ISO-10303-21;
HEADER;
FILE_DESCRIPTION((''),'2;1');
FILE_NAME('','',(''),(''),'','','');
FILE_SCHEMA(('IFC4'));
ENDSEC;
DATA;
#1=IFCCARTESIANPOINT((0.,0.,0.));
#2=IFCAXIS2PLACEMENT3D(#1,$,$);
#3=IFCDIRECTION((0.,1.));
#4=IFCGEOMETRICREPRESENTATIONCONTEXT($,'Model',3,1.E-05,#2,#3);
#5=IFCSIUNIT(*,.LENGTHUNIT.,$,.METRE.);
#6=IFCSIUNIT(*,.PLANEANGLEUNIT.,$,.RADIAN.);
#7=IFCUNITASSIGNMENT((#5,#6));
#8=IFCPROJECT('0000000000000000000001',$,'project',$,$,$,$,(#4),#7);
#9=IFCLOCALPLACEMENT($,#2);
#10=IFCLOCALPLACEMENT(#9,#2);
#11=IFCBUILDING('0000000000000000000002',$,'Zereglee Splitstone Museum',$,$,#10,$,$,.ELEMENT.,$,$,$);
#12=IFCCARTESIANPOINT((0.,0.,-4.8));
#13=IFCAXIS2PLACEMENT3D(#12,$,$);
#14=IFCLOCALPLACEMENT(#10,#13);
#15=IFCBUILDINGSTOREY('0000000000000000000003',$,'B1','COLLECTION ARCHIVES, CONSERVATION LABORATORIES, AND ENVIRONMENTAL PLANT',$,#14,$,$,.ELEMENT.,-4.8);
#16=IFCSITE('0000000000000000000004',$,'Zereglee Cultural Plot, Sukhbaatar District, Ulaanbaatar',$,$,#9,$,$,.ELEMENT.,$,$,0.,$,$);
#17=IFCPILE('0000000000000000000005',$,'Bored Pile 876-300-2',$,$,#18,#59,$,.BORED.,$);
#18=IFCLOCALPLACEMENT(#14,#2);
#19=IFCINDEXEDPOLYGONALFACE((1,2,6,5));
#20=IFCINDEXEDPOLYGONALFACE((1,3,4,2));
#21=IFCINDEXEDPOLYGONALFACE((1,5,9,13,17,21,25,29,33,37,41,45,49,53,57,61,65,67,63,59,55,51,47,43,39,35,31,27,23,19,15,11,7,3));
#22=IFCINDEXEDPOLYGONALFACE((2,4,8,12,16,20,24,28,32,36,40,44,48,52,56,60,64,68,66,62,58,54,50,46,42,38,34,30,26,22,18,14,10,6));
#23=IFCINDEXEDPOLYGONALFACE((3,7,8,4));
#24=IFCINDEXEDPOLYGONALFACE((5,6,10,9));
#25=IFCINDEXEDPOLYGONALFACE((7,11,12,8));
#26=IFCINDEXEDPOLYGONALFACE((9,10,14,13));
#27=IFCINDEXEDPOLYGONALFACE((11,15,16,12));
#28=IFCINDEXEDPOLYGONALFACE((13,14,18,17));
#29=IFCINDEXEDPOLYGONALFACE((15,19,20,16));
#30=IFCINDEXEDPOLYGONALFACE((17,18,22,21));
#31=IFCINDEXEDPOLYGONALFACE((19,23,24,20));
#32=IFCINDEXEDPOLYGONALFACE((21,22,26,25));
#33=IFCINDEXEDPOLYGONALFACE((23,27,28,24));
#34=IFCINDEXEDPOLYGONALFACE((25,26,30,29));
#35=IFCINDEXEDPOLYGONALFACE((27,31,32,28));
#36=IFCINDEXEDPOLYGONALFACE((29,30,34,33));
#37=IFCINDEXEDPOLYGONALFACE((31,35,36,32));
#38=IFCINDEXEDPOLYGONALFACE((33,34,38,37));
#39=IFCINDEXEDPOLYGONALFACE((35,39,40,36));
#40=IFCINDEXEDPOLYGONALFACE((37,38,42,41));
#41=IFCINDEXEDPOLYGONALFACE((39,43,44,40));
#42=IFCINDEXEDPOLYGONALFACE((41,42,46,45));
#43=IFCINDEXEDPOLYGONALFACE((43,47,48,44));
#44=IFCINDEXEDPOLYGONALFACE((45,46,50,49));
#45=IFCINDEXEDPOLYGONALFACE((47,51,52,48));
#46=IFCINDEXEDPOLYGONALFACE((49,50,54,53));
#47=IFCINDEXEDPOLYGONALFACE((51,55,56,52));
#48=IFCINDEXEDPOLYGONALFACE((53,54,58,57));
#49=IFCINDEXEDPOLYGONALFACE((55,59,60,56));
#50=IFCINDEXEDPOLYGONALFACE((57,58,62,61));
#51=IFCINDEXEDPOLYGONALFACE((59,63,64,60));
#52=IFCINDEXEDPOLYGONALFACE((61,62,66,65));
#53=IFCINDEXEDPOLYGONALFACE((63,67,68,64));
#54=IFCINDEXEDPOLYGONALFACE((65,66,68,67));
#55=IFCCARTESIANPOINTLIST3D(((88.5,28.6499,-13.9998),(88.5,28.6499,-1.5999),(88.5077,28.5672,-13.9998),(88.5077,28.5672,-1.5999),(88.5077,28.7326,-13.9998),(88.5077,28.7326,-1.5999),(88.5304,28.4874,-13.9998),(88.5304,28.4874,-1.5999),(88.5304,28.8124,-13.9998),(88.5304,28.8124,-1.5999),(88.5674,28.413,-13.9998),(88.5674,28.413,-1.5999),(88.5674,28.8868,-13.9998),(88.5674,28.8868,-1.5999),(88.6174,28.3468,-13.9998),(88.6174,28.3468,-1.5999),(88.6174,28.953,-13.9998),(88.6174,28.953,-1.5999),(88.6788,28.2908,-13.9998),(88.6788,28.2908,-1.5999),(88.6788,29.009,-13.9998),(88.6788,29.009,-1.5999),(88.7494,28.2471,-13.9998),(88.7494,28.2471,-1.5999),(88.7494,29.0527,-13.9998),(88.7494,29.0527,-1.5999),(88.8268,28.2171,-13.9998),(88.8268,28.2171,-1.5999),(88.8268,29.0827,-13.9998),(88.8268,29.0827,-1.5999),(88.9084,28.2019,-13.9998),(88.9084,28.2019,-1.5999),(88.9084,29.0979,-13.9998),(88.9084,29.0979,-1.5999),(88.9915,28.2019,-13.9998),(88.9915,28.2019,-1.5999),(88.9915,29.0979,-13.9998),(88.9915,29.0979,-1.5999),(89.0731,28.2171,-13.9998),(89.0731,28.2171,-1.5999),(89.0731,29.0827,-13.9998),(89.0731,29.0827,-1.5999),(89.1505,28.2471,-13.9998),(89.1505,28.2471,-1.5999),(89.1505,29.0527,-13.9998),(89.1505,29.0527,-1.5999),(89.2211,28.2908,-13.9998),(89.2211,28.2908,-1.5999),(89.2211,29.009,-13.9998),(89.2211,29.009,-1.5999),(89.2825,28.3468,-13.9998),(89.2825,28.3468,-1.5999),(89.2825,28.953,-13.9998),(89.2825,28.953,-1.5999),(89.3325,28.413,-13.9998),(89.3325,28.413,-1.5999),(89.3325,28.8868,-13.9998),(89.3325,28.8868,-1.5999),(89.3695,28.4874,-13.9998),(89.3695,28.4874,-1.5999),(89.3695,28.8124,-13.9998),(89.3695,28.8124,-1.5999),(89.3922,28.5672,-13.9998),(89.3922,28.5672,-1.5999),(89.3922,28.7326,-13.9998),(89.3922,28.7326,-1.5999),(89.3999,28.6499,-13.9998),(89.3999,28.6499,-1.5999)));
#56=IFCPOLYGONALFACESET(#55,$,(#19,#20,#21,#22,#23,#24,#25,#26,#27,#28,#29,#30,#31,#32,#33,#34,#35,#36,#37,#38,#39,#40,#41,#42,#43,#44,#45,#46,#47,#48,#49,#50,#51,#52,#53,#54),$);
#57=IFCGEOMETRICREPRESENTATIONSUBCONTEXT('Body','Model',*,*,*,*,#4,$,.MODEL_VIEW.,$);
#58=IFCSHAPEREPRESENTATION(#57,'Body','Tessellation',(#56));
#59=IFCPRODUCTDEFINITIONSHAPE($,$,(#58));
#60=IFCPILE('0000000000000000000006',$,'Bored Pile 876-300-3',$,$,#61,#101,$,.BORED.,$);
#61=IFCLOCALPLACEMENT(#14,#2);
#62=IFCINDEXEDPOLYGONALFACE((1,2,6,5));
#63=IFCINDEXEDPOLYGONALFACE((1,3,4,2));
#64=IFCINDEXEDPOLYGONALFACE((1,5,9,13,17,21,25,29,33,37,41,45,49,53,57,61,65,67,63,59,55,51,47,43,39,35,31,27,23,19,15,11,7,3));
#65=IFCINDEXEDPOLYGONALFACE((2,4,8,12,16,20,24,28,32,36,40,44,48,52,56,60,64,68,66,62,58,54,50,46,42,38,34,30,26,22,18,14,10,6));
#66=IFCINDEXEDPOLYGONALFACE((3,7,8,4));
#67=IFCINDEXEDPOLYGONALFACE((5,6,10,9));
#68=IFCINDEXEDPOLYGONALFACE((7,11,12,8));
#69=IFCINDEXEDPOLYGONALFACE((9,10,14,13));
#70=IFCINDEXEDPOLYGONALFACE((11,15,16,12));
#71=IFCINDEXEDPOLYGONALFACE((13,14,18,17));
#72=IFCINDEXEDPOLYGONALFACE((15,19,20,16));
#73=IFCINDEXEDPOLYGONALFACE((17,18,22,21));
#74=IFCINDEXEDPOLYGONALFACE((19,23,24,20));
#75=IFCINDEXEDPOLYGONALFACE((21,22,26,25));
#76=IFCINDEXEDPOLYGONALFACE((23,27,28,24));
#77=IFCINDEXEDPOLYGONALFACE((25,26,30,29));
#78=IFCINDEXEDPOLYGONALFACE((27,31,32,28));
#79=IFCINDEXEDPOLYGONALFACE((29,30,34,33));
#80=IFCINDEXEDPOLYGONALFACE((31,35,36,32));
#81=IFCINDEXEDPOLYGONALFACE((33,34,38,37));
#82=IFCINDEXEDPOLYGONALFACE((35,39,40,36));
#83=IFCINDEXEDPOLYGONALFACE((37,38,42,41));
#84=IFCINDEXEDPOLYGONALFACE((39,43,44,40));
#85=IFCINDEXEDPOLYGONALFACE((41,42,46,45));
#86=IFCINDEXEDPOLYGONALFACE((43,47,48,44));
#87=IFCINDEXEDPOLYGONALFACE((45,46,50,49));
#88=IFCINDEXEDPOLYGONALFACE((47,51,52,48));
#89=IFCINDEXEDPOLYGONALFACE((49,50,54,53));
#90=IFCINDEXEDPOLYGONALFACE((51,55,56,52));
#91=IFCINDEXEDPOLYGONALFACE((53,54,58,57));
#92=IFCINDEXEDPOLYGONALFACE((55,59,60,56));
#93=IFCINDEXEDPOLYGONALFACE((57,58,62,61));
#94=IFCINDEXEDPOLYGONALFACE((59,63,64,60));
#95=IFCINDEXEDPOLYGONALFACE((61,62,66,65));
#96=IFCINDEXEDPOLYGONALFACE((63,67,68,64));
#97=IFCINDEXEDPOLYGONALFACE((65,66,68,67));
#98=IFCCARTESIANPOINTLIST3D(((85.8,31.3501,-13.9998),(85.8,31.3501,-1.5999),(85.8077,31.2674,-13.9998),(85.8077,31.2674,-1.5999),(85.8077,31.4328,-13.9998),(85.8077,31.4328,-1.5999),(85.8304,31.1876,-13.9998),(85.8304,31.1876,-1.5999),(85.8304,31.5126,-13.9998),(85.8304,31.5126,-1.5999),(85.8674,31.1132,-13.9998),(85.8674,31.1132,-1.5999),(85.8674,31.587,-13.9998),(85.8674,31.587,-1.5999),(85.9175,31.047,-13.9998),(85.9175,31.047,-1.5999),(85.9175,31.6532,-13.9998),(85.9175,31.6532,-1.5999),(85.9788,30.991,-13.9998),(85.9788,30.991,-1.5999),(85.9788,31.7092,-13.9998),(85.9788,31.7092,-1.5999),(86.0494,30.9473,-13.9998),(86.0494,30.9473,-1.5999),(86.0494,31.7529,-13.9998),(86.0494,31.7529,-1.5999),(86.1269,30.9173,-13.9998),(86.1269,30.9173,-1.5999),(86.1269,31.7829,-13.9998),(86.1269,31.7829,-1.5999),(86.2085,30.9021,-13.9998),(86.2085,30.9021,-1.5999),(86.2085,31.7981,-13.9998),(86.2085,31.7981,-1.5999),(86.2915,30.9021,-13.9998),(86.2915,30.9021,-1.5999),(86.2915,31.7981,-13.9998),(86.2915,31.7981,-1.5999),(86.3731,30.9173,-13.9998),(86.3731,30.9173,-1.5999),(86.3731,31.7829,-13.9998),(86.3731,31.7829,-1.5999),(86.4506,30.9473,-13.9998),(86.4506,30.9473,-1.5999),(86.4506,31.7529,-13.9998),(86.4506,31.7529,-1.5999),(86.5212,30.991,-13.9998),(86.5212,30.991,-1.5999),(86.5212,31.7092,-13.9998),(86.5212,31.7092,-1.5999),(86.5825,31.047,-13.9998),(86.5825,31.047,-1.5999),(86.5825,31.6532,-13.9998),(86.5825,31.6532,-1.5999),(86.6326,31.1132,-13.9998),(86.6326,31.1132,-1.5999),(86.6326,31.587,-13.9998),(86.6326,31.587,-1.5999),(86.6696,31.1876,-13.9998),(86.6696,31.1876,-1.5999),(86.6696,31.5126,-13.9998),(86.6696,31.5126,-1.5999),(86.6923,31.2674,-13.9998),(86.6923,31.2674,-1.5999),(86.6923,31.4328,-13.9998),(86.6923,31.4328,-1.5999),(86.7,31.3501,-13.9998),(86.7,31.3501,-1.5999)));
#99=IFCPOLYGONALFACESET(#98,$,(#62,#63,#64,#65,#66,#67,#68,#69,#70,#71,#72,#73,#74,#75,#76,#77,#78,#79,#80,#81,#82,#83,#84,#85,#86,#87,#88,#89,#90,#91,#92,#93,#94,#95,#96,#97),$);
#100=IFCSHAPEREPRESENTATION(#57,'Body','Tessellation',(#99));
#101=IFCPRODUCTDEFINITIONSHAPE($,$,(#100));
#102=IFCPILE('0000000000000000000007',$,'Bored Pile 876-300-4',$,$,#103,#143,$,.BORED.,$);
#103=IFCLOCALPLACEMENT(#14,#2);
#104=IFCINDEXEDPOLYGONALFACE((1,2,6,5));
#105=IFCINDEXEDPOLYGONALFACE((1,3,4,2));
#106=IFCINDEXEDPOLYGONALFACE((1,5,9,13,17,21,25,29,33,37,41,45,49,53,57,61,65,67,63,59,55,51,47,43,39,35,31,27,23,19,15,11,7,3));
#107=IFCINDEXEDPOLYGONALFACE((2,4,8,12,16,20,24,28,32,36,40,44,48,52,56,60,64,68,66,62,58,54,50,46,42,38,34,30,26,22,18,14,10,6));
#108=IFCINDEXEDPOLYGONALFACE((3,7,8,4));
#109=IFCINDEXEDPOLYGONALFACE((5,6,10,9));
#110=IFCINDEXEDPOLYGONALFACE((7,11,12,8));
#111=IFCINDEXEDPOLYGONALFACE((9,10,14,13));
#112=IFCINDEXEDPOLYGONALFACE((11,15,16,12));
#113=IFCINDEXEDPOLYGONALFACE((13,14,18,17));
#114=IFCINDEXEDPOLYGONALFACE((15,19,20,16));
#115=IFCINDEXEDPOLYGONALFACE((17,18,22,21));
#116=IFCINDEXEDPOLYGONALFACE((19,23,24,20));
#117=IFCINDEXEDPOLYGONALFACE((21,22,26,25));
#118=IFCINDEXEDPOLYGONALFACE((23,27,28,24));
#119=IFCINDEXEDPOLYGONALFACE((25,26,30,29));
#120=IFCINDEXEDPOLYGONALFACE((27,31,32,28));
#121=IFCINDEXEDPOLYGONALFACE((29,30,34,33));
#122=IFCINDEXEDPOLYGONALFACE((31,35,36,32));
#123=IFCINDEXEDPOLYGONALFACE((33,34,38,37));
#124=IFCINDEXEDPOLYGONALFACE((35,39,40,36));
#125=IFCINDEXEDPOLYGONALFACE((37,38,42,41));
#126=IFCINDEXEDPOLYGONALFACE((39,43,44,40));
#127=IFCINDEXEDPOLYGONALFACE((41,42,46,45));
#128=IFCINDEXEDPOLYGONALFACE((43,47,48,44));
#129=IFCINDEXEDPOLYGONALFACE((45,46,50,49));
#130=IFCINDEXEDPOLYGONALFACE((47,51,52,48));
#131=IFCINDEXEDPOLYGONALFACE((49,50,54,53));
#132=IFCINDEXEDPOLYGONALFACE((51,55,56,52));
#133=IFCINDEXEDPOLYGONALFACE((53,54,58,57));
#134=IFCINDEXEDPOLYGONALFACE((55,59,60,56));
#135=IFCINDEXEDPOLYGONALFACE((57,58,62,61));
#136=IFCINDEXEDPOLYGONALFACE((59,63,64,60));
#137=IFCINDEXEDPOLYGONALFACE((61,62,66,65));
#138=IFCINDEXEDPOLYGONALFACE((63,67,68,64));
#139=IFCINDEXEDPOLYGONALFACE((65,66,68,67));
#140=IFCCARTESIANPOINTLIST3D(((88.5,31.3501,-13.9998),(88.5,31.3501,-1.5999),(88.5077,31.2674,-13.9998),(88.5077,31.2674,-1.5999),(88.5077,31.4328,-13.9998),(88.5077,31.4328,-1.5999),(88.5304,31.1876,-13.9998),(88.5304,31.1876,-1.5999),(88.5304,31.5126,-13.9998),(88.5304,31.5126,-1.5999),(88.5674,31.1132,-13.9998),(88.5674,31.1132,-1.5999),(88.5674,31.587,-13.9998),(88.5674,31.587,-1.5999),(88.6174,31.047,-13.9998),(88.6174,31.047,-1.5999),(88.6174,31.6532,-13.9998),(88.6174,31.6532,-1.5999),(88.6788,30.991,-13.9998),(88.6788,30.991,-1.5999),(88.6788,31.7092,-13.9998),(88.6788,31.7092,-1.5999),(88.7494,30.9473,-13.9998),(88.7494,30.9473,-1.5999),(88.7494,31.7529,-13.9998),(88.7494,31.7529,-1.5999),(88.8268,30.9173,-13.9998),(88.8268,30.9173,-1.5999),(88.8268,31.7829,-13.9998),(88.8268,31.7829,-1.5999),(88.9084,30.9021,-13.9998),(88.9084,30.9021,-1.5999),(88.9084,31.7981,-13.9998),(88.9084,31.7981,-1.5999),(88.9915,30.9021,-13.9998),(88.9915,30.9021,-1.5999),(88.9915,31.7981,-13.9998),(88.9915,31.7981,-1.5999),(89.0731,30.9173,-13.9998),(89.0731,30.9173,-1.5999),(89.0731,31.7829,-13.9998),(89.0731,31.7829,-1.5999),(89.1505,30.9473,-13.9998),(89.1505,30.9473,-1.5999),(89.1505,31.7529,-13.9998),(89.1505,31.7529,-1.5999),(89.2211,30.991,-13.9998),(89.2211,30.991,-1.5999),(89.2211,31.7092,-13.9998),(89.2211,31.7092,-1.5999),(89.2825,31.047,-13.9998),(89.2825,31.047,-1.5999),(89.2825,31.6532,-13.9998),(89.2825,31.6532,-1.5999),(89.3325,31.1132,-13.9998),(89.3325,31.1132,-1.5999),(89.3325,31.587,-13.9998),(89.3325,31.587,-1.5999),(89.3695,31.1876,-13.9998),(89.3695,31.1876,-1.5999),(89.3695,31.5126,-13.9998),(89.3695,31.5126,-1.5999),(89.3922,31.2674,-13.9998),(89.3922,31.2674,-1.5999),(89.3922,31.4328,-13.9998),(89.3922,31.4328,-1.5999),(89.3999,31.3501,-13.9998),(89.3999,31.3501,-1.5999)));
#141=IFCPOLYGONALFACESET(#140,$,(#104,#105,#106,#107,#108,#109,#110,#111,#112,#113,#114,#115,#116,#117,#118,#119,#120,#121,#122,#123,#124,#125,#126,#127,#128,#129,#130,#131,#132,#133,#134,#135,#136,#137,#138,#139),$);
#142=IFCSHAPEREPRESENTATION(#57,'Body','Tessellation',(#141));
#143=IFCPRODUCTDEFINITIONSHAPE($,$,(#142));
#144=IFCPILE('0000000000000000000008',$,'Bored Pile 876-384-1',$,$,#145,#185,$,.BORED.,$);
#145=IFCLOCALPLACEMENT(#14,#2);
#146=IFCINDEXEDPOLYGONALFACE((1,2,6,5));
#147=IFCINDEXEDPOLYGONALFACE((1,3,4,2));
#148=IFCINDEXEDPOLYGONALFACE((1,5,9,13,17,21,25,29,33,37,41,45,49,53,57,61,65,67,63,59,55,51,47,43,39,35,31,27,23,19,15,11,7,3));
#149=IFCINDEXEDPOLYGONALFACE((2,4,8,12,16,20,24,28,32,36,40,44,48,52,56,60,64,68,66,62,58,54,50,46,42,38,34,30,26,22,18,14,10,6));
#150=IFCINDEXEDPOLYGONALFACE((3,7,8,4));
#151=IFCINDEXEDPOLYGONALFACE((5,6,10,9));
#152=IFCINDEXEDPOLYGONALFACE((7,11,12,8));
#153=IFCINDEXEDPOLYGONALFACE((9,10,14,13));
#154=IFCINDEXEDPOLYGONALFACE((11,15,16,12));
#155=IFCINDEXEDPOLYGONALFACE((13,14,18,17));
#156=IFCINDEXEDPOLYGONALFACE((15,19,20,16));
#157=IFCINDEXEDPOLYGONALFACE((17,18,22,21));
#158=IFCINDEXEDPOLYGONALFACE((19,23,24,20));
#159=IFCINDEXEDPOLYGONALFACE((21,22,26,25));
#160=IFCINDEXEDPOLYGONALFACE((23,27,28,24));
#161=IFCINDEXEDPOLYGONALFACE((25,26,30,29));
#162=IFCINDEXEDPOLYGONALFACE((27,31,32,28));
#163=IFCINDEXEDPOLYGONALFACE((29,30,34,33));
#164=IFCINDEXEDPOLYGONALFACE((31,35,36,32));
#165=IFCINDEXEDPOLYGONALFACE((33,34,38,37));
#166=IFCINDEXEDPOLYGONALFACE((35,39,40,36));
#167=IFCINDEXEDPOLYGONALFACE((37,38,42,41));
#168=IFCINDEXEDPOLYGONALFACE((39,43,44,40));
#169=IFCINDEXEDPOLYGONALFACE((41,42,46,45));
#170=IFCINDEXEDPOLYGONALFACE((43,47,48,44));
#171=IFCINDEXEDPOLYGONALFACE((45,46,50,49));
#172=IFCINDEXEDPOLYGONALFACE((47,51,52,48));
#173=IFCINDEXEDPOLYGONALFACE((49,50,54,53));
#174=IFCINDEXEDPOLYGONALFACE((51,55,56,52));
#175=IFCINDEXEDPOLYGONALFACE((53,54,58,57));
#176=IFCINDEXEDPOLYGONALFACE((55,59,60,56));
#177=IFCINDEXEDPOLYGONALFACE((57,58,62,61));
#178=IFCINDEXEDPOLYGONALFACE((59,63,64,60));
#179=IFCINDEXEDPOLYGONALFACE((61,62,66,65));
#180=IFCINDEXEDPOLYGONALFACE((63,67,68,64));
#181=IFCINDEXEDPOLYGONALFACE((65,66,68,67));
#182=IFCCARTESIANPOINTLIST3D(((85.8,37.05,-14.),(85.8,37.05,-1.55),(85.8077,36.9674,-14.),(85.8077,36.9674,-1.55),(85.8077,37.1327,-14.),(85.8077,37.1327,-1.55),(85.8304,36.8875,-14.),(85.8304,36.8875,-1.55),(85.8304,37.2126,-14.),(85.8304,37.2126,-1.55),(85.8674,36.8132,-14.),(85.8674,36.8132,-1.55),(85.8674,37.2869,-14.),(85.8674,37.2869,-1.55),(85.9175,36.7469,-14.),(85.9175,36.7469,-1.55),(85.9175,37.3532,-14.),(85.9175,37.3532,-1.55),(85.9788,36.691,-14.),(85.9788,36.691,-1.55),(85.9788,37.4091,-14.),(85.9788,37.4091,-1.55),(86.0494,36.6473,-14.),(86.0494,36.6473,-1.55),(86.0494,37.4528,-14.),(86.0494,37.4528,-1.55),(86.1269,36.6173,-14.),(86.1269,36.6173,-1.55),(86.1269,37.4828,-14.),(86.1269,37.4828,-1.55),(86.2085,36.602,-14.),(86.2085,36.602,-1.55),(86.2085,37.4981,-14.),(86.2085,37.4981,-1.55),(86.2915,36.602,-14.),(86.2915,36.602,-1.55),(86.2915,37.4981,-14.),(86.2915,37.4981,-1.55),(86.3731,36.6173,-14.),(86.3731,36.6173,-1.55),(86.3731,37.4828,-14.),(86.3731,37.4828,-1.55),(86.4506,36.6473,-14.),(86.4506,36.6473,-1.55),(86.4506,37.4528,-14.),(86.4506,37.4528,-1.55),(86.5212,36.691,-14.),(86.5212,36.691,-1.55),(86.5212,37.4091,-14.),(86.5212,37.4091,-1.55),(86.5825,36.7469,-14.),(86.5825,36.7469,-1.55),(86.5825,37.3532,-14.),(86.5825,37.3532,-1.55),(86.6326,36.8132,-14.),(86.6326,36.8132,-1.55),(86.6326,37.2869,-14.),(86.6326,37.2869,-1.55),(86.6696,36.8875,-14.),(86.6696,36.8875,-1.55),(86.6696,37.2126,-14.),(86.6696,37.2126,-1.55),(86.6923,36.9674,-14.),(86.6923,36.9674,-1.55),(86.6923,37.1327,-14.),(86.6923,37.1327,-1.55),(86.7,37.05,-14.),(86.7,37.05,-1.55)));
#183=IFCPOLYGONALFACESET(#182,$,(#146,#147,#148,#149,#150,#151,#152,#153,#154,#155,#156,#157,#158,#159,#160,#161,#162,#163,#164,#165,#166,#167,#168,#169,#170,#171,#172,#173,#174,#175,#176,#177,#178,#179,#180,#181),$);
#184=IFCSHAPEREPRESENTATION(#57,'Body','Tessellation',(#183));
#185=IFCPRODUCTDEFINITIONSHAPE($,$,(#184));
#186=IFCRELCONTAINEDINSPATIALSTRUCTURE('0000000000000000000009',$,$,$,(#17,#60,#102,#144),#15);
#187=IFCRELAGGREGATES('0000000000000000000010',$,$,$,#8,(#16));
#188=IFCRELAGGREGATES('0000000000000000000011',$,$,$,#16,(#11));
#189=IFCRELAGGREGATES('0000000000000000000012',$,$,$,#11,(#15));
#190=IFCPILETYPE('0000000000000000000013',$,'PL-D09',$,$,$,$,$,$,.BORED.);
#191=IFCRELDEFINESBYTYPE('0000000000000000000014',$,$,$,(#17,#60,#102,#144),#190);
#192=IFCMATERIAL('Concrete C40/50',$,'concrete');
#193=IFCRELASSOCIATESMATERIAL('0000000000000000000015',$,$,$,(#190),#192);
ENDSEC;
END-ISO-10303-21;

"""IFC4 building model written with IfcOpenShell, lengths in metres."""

from ifc_helpers import new_model, si_unit, direction, frame, origin, origin_2d, place, context, subcontext, project, spatial, circle, extrude, material, material_profile, profile_set, type_object, element, save


model = new_model("IFC4")

# Units and contexts
model_context = context("Model", 3, precision=1e-05, world=origin(), true_north=direction((0.0, 1.0)))
body_context = subcontext(model_context, "Body", "Model", "MODEL_VIEW")
ifc_project = project(units=[si_unit("LENGTHUNIT", "METRE"), si_unit("PLANEANGLEUNIT", "RADIAN")], contexts=[model_context])

# Site, building, storey
site_placement = place(None, origin())
site = spatial("IfcSite", under=ifc_project, at=site_placement, Name="Zereglee Cultural Plot, Sukhbaatar District, Ulaanbaatar", CompositionType="ELEMENT", RefElevation=0.0)
building_placement = place(site_placement, origin())
building = spatial("IfcBuilding", under=site, at=building_placement, Name="Zereglee Splitstone Museum", CompositionType="ELEMENT")
storey_placement = place(building_placement, frame((0.0, 0.0, -4.8)))
storey = spatial("IfcBuildingStorey", under=building, at=storey_placement, Name="B1", Description="COLLECTION ARCHIVES, CONSERVATION LABORATORIES, AND ENVIRONMENTAL PLANT", CompositionType="ELEMENT", Elevation=-4.8)

# Shared definitions
ifc_material_1 = material(Name="Concrete C40/50", Category="concrete")

# Piles
ifc_material_profile_1 = material_profile(ifc_material_1, circle(Radius=0.45, at=origin_2d()), Name="PILE D900")
ifc_profile_set_1 = profile_set([ifc_material_profile_1], Name="Concrete C40/50")
pile_type = type_object("IfcPileType", Name="PL-D09", PredefinedType="BORED", material=ifc_profile_set_1)
for number, where, z_axis, x_axis, name in (
    (1, (88.95, 28.6499, -1.5999), (0.0, 0.0, -1.0), (1.0, 0.0, 0.0), "Bored Pile 876-300-2"),
    (2, (86.25, 31.3501, -1.5999), (0.0, 0.0, -1.0), (1.0, 0.0, 0.0), "Bored Pile 876-300-3"),
    (3, (88.95, 31.3501, -1.5999), (0.0, 0.0, -1.0), (1.0, 0.0, 0.0), "Bored Pile 876-300-4"),
):
    element("IfcPile", number, at=place(storey_placement, frame(where, z_axis=z_axis, x_axis=x_axis)), inside=storey, type_object=pile_type, Name=name, PredefinedType="BORED", context=body_context, shape_type="SweptSolid", body=[
        extrude(circle(Radius=0.45, at=origin_2d()), origin(), (0.0, 0.0, 1.0), 12.3999),
    ])
for number, where, z_axis, x_axis, name in (
    (4, (86.25, 37.05, -1.55), (0.0, 0.0, -1.0), (1.0, 0.0, 0.0), "Bored Pile 876-384-1"),
):
    element("IfcPile", number, at=place(storey_placement, frame(where, z_axis=z_axis, x_axis=x_axis)), inside=storey, type_object=pile_type, Name=name, PredefinedType="BORED", context=body_context, shape_type="SweptSolid", body=[
        extrude(circle(Radius=0.45, at=origin_2d()), origin(), (0.0, 0.0, 1.0), 12.45),
    ])

save(model, "model.ifc")
